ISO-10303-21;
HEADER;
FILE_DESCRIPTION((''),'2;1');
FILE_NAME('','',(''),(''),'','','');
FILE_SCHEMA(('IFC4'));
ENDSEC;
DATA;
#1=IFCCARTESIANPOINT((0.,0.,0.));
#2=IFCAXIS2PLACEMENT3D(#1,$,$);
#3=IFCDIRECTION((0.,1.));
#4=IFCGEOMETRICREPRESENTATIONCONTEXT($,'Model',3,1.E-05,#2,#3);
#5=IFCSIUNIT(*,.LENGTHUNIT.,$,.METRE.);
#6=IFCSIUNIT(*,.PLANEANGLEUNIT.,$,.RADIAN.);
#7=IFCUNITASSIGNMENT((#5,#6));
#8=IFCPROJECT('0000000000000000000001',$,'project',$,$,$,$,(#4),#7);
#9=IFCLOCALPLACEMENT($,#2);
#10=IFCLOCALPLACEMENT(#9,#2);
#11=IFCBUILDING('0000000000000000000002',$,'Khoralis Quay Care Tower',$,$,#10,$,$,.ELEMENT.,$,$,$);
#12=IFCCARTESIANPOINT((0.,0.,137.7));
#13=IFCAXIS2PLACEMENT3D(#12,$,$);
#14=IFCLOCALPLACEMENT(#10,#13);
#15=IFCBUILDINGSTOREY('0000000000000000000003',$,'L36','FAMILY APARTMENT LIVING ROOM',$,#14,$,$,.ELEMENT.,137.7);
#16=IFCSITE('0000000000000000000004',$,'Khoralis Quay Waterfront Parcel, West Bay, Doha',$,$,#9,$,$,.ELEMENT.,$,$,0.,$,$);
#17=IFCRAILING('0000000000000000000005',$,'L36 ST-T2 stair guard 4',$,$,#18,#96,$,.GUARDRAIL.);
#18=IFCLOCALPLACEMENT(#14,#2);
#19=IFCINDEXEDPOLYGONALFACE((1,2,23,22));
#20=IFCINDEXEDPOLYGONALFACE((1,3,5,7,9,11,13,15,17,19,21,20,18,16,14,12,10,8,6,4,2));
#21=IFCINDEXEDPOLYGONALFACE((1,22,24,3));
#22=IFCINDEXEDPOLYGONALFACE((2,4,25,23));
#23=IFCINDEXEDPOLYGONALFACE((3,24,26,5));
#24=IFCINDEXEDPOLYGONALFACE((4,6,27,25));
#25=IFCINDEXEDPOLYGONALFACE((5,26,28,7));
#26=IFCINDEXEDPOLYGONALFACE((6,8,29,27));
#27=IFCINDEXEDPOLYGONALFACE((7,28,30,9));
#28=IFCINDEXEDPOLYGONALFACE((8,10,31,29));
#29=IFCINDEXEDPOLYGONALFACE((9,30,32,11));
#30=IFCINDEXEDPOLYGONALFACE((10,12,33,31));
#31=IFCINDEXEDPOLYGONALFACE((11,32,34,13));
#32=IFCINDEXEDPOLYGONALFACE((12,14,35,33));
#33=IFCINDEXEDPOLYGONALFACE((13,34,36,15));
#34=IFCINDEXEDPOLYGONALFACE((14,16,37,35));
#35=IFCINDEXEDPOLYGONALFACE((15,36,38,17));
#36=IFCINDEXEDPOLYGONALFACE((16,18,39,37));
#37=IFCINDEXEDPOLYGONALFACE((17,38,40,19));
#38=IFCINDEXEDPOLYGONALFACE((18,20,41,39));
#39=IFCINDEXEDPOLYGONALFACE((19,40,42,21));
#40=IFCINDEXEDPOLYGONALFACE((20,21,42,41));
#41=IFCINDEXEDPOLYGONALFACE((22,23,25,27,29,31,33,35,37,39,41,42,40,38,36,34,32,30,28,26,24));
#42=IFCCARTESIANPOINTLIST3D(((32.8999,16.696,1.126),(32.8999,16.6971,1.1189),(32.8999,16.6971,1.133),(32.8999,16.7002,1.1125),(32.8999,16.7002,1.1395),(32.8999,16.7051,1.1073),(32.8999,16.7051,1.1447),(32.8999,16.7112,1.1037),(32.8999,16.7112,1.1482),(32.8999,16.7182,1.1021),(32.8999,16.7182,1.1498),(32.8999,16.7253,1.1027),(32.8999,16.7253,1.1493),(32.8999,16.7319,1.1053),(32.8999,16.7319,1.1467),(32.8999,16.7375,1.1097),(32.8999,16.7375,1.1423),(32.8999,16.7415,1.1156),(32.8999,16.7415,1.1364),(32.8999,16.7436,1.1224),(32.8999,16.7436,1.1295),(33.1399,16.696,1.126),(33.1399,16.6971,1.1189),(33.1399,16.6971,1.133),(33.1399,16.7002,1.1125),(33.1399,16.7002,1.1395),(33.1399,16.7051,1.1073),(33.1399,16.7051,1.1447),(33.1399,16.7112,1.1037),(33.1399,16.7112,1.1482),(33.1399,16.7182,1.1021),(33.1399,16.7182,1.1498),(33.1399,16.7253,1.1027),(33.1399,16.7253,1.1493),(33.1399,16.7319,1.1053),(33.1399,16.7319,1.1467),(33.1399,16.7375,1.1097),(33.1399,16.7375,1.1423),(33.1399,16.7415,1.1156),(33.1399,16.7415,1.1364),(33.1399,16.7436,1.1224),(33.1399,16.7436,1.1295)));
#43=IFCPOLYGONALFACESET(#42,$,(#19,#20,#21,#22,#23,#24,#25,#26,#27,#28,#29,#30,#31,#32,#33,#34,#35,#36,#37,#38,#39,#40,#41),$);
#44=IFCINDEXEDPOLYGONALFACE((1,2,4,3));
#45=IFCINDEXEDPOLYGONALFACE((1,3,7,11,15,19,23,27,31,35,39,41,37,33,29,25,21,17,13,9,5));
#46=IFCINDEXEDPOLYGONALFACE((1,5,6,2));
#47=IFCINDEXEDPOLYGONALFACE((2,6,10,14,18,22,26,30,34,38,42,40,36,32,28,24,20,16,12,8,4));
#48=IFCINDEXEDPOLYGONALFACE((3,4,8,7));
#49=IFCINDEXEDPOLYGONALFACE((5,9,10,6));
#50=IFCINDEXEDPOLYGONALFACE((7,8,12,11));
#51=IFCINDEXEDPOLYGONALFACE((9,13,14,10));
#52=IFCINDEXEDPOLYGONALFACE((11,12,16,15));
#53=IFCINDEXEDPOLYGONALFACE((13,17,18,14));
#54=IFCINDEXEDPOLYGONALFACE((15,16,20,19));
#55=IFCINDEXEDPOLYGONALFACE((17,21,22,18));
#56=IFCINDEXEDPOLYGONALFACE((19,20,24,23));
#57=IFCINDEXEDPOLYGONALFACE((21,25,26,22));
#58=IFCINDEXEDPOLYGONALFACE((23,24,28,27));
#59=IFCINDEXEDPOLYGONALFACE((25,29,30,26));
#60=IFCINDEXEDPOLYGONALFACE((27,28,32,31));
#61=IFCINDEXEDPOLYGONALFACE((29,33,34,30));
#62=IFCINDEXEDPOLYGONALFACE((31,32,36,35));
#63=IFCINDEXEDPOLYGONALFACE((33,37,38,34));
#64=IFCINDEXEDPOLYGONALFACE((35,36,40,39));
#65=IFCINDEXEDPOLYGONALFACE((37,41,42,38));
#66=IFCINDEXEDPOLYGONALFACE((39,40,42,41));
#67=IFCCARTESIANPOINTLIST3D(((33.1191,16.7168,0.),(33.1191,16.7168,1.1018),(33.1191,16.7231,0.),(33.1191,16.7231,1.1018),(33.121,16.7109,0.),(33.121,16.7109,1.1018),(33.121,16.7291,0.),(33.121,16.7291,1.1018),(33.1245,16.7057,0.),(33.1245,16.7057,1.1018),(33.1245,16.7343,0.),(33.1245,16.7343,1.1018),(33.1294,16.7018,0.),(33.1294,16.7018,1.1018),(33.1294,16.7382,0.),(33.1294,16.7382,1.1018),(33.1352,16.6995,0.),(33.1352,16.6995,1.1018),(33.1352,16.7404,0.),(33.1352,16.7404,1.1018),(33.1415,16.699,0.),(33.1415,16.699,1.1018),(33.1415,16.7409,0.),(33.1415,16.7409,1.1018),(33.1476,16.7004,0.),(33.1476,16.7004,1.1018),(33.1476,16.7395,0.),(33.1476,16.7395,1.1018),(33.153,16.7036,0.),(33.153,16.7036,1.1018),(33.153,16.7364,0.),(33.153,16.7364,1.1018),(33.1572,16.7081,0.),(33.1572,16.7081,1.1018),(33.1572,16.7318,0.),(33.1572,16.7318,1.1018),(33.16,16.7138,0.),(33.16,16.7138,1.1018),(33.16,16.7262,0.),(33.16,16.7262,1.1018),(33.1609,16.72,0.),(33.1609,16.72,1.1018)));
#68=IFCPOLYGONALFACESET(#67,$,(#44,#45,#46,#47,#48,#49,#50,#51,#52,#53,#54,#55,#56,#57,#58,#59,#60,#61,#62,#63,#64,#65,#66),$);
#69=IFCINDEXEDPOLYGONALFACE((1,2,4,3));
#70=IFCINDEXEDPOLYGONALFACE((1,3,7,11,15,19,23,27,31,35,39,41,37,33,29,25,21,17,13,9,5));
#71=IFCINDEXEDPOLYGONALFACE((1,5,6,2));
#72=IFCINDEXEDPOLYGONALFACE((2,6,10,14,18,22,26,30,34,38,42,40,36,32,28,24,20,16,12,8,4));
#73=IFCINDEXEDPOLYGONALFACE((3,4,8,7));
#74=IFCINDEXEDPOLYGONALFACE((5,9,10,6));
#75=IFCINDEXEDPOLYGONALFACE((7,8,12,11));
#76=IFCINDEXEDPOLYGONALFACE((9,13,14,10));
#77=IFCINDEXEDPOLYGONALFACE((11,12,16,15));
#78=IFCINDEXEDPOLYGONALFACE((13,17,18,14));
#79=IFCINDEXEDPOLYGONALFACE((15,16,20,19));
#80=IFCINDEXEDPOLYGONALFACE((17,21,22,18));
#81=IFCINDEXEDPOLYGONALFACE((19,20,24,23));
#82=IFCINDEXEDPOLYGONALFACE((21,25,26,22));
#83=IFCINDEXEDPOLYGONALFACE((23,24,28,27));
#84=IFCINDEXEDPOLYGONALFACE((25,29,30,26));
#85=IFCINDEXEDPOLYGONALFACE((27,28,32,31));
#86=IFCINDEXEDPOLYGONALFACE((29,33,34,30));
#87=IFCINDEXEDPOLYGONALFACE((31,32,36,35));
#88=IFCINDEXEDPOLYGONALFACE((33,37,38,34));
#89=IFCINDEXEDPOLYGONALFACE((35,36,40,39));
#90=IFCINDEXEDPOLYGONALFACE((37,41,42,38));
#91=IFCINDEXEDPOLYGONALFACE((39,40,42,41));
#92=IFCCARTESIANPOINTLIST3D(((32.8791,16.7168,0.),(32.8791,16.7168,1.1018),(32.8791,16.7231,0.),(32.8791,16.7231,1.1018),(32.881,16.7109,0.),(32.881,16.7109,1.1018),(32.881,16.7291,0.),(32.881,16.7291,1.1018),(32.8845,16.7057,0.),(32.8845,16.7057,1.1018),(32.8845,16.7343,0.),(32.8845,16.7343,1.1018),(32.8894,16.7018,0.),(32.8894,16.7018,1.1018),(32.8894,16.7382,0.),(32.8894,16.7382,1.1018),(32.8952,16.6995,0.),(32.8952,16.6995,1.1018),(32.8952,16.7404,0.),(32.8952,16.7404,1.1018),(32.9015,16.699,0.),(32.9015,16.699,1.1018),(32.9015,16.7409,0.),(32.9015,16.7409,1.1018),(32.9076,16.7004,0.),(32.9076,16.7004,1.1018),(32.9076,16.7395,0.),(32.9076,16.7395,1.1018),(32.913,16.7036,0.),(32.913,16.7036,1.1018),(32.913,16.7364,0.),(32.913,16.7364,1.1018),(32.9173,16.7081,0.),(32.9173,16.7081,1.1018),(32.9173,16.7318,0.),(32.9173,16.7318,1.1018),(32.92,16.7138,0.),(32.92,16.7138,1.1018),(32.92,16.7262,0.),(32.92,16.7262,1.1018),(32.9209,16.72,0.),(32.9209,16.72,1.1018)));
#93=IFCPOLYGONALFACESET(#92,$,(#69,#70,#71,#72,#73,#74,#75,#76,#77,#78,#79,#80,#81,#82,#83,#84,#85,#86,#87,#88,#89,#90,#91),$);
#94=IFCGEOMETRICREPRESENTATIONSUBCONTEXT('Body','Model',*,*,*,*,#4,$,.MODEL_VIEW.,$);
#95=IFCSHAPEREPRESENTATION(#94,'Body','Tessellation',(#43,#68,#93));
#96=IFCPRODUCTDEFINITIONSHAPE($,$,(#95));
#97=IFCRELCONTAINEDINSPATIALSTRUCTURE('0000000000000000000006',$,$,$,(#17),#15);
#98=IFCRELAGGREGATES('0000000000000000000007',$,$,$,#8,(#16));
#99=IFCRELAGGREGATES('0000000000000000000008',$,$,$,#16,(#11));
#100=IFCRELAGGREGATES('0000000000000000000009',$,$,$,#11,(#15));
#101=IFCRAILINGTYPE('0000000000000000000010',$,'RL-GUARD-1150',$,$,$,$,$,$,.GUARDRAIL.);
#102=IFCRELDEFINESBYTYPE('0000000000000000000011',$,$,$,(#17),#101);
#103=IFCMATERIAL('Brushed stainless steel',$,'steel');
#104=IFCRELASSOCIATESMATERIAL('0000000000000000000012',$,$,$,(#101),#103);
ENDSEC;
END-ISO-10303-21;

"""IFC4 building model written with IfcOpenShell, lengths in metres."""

from ifc_helpers import new_model, si_unit, direction, frame, origin, origin_2d, place, context, subcontext, project, spatial, circle, extrude, material, type_object, element, save


model = new_model("IFC4")

# Units and contexts
model_context = context("Model", 3, precision=1e-05, world=origin(), true_north=direction((0.0, 1.0)))
body_context = subcontext(model_context, "Body", "Model", "MODEL_VIEW")
ifc_project = project(units=[si_unit("LENGTHUNIT", "METRE"), si_unit("PLANEANGLEUNIT", "RADIAN")], contexts=[model_context])

# Site, building, storey
site_placement = place(None, origin())
site = spatial("IfcSite", under=ifc_project, at=site_placement, Name="Khoralis Quay Waterfront Parcel, West Bay, Doha", CompositionType="ELEMENT", RefElevation=0.0)
building_placement = place(site_placement, origin())
building = spatial("IfcBuilding", under=site, at=building_placement, Name="Khoralis Quay Care Tower", CompositionType="ELEMENT")
storey_placement = place(building_placement, frame((0.0, 0.0, 137.7)))
storey = spatial("IfcBuildingStorey", under=building, at=storey_placement, Name="L36", Description="FAMILY APARTMENT LIVING ROOM", CompositionType="ELEMENT", Elevation=137.7)

# Shared definitions
ifc_material_1 = material(Name="Brushed stainless steel", Category="steel")

# Railing
railing_type_1 = type_object("IfcRailingType", Name="RL-GUARD-1150", PredefinedType="GUARDRAIL", material=ifc_material_1)
railing_1_placement = place(storey_placement, frame((33.1399, 16.72, 0.0)))
element("IfcRailing", 1, at=railing_1_placement, inside=storey, type_object=railing_type_1, Name="L36 ST-T2 stair guard 4", PredefinedType="GUARDRAIL", context=body_context, shape_type="SweptSolid", body=[
    extrude(circle(Radius=0.0239, at=origin_2d()), frame((0.0, 0.0, 1.126), z_axis=(-1.0, 0.0, 0.0), x_axis=(0.0, -1.0, 0.0)), (0.0, 0.0, 1.0), 0.24),
    extrude(circle(Radius=0.021, at=origin_2d()), origin(), (0.0, 0.0, 1.0), 1.1018),
    extrude(circle(Radius=0.021, at=origin_2d()), frame((-0.24, 0.0, 0.0)), (0.0, 0.0, 1.0), 1.1018),
])

save(model, "model.ifc")
